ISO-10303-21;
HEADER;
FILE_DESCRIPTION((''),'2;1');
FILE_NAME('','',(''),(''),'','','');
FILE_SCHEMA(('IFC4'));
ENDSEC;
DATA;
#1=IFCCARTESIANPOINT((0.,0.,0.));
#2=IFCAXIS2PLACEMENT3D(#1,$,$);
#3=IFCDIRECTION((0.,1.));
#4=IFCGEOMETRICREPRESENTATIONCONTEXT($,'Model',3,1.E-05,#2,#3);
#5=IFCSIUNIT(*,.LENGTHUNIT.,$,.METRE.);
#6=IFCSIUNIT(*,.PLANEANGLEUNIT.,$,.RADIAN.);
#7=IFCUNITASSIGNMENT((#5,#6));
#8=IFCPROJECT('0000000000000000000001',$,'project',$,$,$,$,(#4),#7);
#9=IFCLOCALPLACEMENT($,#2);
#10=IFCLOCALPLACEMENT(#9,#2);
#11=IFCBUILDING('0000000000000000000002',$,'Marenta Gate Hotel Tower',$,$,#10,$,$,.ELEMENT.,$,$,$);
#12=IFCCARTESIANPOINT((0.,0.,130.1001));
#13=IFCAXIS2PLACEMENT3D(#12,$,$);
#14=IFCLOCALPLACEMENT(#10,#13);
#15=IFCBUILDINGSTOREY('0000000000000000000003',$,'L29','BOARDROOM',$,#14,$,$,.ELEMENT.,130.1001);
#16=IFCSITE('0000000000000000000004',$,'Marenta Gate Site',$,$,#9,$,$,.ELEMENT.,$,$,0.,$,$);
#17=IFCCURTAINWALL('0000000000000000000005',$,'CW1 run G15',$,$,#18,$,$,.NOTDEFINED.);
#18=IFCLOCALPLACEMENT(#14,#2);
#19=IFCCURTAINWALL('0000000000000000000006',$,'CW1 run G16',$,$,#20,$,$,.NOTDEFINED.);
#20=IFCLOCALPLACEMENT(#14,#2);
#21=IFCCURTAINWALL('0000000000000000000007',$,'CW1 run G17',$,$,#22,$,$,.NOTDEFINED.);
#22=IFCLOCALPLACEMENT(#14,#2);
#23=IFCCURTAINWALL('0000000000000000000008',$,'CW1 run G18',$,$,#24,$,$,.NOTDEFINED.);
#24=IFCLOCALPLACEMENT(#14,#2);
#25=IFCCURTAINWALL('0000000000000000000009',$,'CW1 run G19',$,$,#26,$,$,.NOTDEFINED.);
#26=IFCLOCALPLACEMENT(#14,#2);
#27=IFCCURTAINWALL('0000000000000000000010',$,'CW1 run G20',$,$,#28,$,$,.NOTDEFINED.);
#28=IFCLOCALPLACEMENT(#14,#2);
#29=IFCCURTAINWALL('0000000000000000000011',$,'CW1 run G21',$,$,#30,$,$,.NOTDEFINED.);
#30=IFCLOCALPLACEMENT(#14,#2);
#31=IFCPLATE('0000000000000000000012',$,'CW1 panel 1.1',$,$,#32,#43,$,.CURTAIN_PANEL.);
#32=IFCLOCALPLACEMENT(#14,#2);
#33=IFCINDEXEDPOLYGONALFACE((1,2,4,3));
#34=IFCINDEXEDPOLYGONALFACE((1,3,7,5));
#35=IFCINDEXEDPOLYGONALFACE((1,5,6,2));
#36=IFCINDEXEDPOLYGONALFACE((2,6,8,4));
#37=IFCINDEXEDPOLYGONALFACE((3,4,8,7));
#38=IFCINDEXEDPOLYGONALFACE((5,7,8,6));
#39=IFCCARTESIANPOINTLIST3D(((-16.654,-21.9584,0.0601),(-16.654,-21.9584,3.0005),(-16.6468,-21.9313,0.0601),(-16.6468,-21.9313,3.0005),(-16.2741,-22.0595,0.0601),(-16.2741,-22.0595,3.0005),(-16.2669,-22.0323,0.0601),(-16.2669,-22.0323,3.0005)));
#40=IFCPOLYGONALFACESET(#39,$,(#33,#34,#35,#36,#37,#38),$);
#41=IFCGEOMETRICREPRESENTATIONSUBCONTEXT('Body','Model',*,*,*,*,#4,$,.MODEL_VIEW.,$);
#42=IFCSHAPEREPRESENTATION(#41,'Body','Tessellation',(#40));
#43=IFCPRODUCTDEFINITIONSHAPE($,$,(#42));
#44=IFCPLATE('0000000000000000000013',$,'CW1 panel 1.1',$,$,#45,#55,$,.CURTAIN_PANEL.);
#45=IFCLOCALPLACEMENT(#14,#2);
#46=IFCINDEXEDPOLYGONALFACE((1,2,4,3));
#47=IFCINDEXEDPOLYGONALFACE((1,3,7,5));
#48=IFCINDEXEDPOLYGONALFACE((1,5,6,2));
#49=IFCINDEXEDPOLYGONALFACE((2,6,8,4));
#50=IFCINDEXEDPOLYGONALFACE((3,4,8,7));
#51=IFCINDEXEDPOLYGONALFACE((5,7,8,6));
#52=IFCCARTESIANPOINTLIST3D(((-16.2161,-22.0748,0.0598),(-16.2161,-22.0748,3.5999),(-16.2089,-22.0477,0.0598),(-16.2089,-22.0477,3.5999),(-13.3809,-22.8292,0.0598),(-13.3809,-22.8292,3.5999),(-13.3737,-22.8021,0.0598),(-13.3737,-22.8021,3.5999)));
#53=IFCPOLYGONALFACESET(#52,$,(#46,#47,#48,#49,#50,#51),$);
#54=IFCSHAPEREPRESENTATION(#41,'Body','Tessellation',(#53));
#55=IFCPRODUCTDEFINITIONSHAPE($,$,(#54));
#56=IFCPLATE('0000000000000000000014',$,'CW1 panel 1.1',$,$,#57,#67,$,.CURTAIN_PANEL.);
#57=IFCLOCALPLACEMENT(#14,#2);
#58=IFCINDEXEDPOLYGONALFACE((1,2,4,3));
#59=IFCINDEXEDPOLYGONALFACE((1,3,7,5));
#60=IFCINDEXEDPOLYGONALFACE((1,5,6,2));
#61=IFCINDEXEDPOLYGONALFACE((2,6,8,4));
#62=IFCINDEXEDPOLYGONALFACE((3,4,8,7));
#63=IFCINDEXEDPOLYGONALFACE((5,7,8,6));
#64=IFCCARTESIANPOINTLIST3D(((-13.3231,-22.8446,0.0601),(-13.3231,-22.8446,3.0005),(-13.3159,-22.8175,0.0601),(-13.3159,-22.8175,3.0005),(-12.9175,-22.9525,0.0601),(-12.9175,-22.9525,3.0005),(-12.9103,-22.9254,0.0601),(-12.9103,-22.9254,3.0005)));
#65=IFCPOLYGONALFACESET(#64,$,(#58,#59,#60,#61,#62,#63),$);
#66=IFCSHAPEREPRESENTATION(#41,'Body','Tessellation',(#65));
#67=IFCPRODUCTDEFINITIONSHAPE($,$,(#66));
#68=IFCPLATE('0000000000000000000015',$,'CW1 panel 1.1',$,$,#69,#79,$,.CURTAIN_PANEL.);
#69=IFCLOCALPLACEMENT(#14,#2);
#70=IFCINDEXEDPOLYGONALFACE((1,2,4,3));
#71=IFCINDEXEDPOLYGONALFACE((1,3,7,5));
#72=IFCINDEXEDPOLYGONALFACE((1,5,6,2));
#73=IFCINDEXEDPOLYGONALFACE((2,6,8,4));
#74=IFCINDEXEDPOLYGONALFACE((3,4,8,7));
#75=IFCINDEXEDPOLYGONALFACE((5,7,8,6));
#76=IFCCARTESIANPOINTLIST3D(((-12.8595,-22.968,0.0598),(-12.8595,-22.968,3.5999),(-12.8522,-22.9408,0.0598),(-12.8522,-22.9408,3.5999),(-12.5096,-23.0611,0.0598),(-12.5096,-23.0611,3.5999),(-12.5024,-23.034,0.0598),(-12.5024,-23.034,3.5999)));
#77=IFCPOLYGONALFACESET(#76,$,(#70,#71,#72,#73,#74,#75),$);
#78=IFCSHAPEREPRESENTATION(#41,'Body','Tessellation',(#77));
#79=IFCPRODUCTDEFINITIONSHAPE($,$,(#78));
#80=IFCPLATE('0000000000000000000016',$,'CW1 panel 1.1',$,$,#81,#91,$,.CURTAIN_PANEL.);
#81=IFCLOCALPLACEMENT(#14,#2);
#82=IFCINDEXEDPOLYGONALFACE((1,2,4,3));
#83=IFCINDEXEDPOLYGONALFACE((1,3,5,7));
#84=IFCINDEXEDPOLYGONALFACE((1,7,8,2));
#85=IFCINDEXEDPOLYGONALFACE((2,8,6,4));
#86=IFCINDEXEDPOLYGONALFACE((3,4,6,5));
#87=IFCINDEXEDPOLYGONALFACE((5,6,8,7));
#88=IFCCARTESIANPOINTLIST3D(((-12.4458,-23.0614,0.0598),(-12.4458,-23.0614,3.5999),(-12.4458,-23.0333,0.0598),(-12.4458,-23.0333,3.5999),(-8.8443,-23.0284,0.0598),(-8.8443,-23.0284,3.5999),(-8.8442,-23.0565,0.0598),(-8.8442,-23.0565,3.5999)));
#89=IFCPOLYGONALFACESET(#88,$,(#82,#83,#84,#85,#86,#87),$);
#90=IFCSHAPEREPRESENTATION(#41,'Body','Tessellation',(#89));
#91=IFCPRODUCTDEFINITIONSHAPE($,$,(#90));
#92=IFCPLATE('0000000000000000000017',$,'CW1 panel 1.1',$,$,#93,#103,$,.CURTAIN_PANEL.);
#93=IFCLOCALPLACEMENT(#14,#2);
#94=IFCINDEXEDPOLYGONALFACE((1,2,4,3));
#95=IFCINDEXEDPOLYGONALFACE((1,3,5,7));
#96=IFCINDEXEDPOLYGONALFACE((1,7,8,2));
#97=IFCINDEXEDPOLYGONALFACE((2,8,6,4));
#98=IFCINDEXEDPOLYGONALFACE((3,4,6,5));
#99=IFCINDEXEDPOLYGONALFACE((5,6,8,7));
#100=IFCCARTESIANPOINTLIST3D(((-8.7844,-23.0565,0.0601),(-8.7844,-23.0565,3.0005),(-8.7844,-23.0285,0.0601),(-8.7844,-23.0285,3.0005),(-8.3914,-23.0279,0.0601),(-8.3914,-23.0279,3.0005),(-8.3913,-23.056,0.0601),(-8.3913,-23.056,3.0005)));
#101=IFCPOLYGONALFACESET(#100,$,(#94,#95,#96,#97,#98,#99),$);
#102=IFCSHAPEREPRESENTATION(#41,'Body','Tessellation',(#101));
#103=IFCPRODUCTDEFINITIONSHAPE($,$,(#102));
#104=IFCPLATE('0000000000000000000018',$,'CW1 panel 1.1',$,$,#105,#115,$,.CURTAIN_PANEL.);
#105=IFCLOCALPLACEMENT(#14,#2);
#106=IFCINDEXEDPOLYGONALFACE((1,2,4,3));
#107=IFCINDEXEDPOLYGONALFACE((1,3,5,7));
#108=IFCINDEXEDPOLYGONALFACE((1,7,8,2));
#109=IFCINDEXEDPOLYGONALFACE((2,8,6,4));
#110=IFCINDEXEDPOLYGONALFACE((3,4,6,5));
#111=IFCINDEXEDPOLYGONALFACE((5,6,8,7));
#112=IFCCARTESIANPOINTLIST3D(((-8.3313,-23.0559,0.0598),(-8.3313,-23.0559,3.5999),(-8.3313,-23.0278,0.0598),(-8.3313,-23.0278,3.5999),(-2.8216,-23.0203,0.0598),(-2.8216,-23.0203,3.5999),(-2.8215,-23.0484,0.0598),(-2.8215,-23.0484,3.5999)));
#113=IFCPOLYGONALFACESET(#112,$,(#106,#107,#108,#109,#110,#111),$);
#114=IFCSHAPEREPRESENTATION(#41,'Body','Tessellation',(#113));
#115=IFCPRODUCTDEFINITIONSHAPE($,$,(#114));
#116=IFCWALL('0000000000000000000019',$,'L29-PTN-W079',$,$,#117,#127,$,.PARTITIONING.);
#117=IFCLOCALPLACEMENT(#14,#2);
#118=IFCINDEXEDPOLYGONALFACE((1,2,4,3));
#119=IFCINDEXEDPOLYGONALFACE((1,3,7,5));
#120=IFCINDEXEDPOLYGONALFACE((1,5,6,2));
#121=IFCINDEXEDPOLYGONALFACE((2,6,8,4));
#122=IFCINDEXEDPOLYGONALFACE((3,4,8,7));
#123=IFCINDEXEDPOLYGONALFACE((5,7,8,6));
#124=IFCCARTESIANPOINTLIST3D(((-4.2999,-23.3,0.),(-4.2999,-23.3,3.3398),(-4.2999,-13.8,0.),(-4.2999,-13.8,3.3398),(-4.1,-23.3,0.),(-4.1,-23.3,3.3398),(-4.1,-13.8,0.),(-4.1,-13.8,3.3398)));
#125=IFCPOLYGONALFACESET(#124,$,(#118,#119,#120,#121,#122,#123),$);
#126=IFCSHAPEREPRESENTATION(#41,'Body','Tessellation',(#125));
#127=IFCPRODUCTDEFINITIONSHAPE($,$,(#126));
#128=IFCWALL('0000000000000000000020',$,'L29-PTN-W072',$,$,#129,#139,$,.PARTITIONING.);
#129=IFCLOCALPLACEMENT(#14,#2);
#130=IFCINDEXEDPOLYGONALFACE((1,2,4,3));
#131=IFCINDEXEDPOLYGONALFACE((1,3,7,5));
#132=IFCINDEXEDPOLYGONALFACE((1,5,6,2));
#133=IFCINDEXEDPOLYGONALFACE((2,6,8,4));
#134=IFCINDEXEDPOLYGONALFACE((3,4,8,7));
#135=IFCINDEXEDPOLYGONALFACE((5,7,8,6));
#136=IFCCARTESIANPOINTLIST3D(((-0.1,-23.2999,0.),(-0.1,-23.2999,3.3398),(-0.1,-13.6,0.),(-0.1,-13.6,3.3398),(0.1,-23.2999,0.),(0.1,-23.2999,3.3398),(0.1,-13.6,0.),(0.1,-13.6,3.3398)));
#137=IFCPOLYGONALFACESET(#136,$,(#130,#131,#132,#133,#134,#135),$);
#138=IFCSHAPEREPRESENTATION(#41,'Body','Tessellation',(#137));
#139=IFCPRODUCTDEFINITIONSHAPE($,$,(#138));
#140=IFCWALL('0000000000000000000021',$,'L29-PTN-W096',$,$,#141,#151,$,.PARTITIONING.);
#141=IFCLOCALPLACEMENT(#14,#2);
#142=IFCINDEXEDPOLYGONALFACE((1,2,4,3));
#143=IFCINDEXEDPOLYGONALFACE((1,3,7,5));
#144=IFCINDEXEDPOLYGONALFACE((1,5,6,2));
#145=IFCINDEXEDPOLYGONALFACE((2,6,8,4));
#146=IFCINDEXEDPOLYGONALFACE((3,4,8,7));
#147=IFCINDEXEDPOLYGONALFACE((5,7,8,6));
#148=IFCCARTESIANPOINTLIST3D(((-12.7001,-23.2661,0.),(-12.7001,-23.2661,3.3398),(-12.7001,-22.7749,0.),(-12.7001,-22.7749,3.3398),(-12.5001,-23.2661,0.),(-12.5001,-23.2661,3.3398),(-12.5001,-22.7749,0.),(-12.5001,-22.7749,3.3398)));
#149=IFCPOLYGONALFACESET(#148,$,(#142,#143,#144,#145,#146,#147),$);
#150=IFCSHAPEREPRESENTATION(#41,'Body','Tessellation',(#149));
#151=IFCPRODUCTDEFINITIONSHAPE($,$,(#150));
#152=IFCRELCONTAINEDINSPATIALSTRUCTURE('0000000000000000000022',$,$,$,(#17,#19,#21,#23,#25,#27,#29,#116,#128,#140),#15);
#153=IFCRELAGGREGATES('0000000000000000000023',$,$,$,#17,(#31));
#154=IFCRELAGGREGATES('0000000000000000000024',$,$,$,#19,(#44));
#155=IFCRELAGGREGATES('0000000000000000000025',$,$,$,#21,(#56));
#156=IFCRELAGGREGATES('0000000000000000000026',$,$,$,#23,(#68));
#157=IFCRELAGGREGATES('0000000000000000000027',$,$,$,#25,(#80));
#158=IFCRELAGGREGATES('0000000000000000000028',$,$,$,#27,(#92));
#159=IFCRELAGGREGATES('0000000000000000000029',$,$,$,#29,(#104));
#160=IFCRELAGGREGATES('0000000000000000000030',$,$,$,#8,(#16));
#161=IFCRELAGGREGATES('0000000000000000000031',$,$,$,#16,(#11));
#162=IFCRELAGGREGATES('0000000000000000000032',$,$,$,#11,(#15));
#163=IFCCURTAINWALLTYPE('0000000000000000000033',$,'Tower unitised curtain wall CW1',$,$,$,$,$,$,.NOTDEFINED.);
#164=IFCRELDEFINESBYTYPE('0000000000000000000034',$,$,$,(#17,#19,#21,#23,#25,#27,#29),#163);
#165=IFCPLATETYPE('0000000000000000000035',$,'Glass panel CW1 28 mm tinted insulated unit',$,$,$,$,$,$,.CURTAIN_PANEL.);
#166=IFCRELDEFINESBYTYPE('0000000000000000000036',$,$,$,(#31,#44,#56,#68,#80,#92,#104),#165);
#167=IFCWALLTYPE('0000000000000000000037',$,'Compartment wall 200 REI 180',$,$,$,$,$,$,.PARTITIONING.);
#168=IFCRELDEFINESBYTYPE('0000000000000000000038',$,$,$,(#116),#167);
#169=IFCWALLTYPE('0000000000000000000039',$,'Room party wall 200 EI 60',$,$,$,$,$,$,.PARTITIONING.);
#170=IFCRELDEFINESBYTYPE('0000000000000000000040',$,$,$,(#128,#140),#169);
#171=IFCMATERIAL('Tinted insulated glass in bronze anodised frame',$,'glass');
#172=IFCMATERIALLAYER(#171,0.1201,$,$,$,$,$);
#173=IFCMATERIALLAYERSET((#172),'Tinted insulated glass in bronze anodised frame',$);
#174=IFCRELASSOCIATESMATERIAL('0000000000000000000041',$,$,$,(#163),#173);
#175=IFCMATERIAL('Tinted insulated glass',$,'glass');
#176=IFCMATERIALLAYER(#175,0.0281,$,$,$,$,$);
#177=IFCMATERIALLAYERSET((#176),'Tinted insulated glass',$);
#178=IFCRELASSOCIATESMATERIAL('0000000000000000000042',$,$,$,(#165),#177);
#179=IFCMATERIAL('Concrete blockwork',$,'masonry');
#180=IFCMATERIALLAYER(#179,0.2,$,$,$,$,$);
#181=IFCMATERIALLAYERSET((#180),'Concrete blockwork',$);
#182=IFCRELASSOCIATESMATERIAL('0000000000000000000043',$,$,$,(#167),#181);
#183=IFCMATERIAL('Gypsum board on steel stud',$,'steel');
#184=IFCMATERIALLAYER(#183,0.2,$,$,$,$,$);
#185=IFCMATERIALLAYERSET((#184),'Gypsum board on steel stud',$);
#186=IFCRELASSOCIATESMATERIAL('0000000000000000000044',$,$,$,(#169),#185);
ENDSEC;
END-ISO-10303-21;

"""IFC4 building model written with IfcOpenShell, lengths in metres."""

from ifc_helpers import new_model, si_unit, direction, frame, frame_2d, origin, origin_2d, place, context, subcontext, project, spatial, rectangle, extrude, material, layer, layer_set, type_object, element, aggregate, save


model = new_model("IFC4")

# Units and contexts
model_context = context("Model", 3, precision=1e-05, world=origin(), true_north=direction((0.0, 1.0)))
body_context = subcontext(model_context, "Body", "Model", "MODEL_VIEW")
ifc_project = project(units=[si_unit("LENGTHUNIT", "METRE"), si_unit("PLANEANGLEUNIT", "RADIAN")], contexts=[model_context])

# Site, building, storey
site_placement = place(None, origin())
site = spatial("IfcSite", under=ifc_project, at=site_placement, Name="Marenta Gate Site", CompositionType="ELEMENT", RefElevation=0.0)
building_placement = place(site_placement, origin())
building = spatial("IfcBuilding", under=site, at=building_placement, Name="Marenta Gate Hotel Tower", CompositionType="ELEMENT")
storey_placement = place(building_placement, frame((0.0, 0.0, 130.1001)))
storey = spatial("IfcBuildingStorey", under=building, at=storey_placement, Name="L29", Description="BOARDROOM", CompositionType="ELEMENT", Elevation=130.1001)

# Curtain walls
ifc_material_1 = material(Name="Tinted insulated glass in bronze anodised frame", Category="glass")
ifc_layer_1 = layer(ifc_material_1, 0.1201)
ifc_layer_set_1 = layer_set([ifc_layer_1], Name="Tinted insulated glass in bronze anodised frame")
curtain_wall_type = type_object("IfcCurtainWallType", Name="Tower unitised curtain wall CW1", PredefinedType="NOTDEFINED", material=ifc_layer_set_1)
curtain_wall_1_placement = place(storey_placement, origin())
curtain_wall_1 = element("IfcCurtainWall", 1, at=curtain_wall_1_placement, inside=storey, type_object=curtain_wall_type, Name="CW1 run G15", PredefinedType="NOTDEFINED")
curtain_wall_2_placement = place(storey_placement, origin())
curtain_wall_2 = element("IfcCurtainWall", 2, at=curtain_wall_2_placement, inside=storey, type_object=curtain_wall_type, Name="CW1 run G16", PredefinedType="NOTDEFINED")
curtain_wall_3_placement = place(storey_placement, origin())
curtain_wall_3 = element("IfcCurtainWall", 3, at=curtain_wall_3_placement, inside=storey, type_object=curtain_wall_type, Name="CW1 run G17", PredefinedType="NOTDEFINED")
curtain_wall_4_placement = place(storey_placement, origin())
curtain_wall_4 = element("IfcCurtainWall", 4, at=curtain_wall_4_placement, inside=storey, type_object=curtain_wall_type, Name="CW1 run G18", PredefinedType="NOTDEFINED")
curtain_wall_5_placement = place(storey_placement, origin())
curtain_wall_5 = element("IfcCurtainWall", 5, at=curtain_wall_5_placement, inside=storey, type_object=curtain_wall_type, Name="CW1 run G19", PredefinedType="NOTDEFINED")
curtain_wall_6_placement = place(storey_placement, origin())
curtain_wall_6 = element("IfcCurtainWall", 6, at=curtain_wall_6_placement, inside=storey, type_object=curtain_wall_type, Name="CW1 run G20", PredefinedType="NOTDEFINED")

# Curtain wall
curtain_wall_7_placement = place(storey_placement, origin())
curtain_wall_7 = element("IfcCurtainWall", 7, at=curtain_wall_7_placement, inside=storey, type_object=curtain_wall_type, Name="CW1 run G21", PredefinedType="NOTDEFINED")

# Plates
ifc_material_2 = material(Name="Tinted insulated glass", Category="glass")
ifc_layer_2 = layer(ifc_material_2, 0.0281)
ifc_layer_set_2 = layer_set([ifc_layer_2], Name="Tinted insulated glass")
plate_type = type_object("IfcPlateType", Name="Glass panel CW1 28 mm tinted insulated unit", PredefinedType="CURTAIN_PANEL", material=ifc_layer_set_2)
plate_1_placement = place(storey_placement, frame((-16.4604, -21.9954, 0.0601), z_axis=(0.0, 0.0, 1.0), x_axis=(0.96637, -0.257154, 0.0)))
plate_1 = element("IfcPlate", 8, at=plate_1_placement, type_object=plate_type, Name="CW1 panel 1.1", PredefinedType="CURTAIN_PANEL", context=body_context, shape_type="SweptSolid", body=[
    extrude(rectangle(XDim=0.3931, YDim=0.0281, at=origin_2d()), origin(), (0.0, 0.0, 1.0), 2.9404),
])
aggregate(curtain_wall_1, [plate_1])
plate_2_placement = place(storey_placement, frame((-14.7949, -22.4385, 0.0598), z_axis=(0.0, 0.0, 1.0), x_axis=(0.966376, -0.257135, 0.0)))
plate_2 = element("IfcPlate", 9, at=plate_2_placement, type_object=plate_type, Name="CW1 panel 1.1", PredefinedType="CURTAIN_PANEL", context=body_context, shape_type="SweptSolid", body=[
    extrude(rectangle(XDim=2.9338, YDim=0.0281, at=origin_2d()), origin(), (0.0, 0.0, 1.0), 3.54),
])
aggregate(curtain_wall_2, [plate_2])
plate_3_placement = place(storey_placement, frame((-13.1167, -22.885, 0.0601), z_axis=(0.0, 0.0, 1.0), x_axis=(0.966404, -0.257027, 0.0)))
plate_3 = element("IfcPlate", 10, at=plate_3_placement, type_object=plate_type, Name="CW1 panel 1.1", PredefinedType="CURTAIN_PANEL", context=body_context, shape_type="SweptSolid", body=[
    extrude(rectangle(XDim=0.4197, YDim=0.0281, at=origin_2d()), origin(), (0.0, 0.0, 1.0), 2.9404),
])
aggregate(curtain_wall_3, [plate_3])
plate_4_placement = place(storey_placement, frame((-12.6809, -23.001, 0.0598), z_axis=(0.0, 0.0, 1.0), x_axis=(0.966337, -0.257279, 0.0)))
plate_4 = element("IfcPlate", 11, at=plate_4_placement, type_object=plate_type, Name="CW1 panel 1.1", PredefinedType="CURTAIN_PANEL", context=body_context, shape_type="SweptSolid", body=[
    extrude(rectangle(XDim=0.3621, YDim=0.0281, at=origin_2d()), origin(), (0.0, 0.0, 1.0), 3.54),
])
aggregate(curtain_wall_4, [plate_4])
plate_5_placement = place(storey_placement, frame((-10.645, -23.0449, 0.0598), z_axis=(0.0, 0.0, 1.0), x_axis=(0.999999, 0.001366, 0.0)))
plate_5 = element("IfcPlate", 12, at=plate_5_placement, type_object=plate_type, Name="CW1 panel 1.1", PredefinedType="CURTAIN_PANEL", context=body_context, shape_type="SweptSolid", body=[
    extrude(rectangle(XDim=3.6016, YDim=0.0281, at=origin_2d()), origin(), (0.0, 0.0, 1.0), 3.54),
])
aggregate(curtain_wall_5, [plate_5])
plate_6_placement = place(storey_placement, frame((-8.5879, -23.0422, 0.0601), z_axis=(0.0, 0.0, 1.0), x_axis=(0.999999, 0.001325, 0.0)))
plate_6 = element("IfcPlate", 13, at=plate_6_placement, type_object=plate_type, Name="CW1 panel 1.1", PredefinedType="CURTAIN_PANEL", context=body_context, shape_type="SweptSolid", body=[
    extrude(rectangle(XDim=0.3931, YDim=0.0281, at=origin_2d()), origin(), (0.0, 0.0, 1.0), 2.9404),
])
aggregate(curtain_wall_6, [plate_6])
plate_7_placement = place(storey_placement, frame((-5.5764, -23.0381, 0.0598), z_axis=(0.0, 0.0, 1.0), x_axis=(0.999999, 0.001363, 0.0)))
plate_7 = element("IfcPlate", 14, at=plate_7_placement, type_object=plate_type, Name="CW1 panel 1.1", PredefinedType="CURTAIN_PANEL", context=body_context, shape_type="SweptSolid", body=[
    extrude(rectangle(XDim=5.5098, YDim=0.0281, at=origin_2d()), origin(), (0.0, 0.0, 1.0), 3.54),
])
aggregate(curtain_wall_7, [plate_7])

# Walls
ifc_material_3 = material(Name="Concrete blockwork", Category="masonry")
ifc_layer_3 = layer(ifc_material_3, 0.2)
ifc_layer_set_3 = layer_set([ifc_layer_3], Name="Concrete blockwork")
wall_type_1 = type_object("IfcWallType", Name="Compartment wall 200 REI 180", PredefinedType="PARTITIONING", material=ifc_layer_set_3)
wall_1_placement = place(storey_placement, frame((-4.2, -23.3, 0.0), z_axis=(0.0, 0.0, 1.0), x_axis=(0.0, 1.0, 0.0)))
element("IfcWall", 15, at=wall_1_placement, inside=storey, type_object=wall_type_1, Name="L29-PTN-W079", PredefinedType="PARTITIONING", context=body_context, shape_type="SweptSolid", body=[
    extrude(rectangle(XDim=9.5, YDim=0.2, at=frame_2d((4.75, 0.0))), origin(), (0.0, 0.0, 1.0), 3.3398),
])
ifc_material_4 = material(Name="Gypsum board on steel stud", Category="steel")
ifc_layer_4 = layer(ifc_material_4, 0.2)
ifc_layer_set_4 = layer_set([ifc_layer_4], Name="Gypsum board on steel stud")
wall_type_2 = type_object("IfcWallType", Name="Room party wall 200 EI 60", PredefinedType="PARTITIONING", material=ifc_layer_set_4)
wall_2_placement = place(storey_placement, frame((0.0, -23.3, 0.0), z_axis=(0.0, 0.0, 1.0), x_axis=(0.0, 1.0, 0.0)))
element("IfcWall", 16, at=wall_2_placement, inside=storey, type_object=wall_type_2, Name="L29-PTN-W072", PredefinedType="PARTITIONING", context=body_context, shape_type="SweptSolid", body=[
    extrude(rectangle(XDim=9.7, YDim=0.2, at=frame_2d((4.8501, 0.0))), origin(), (0.0, 0.0, 1.0), 3.3398),
])
wall_3_placement = place(storey_placement, frame((-12.6001, -23.2661, 0.0), z_axis=(0.0, 0.0, 1.0), x_axis=(0.0, 1.0, 0.0)))
element("IfcWall", 17, at=wall_3_placement, inside=storey, type_object=wall_type_2, Name="L29-PTN-W096", PredefinedType="PARTITIONING", context=body_context, shape_type="SweptSolid", body=[
    extrude(rectangle(XDim=0.4912, YDim=0.2, at=frame_2d((0.2456, 0.0))), origin(), (0.0, 0.0, 1.0), 3.3398),
])

save(model, "model.ifc")
